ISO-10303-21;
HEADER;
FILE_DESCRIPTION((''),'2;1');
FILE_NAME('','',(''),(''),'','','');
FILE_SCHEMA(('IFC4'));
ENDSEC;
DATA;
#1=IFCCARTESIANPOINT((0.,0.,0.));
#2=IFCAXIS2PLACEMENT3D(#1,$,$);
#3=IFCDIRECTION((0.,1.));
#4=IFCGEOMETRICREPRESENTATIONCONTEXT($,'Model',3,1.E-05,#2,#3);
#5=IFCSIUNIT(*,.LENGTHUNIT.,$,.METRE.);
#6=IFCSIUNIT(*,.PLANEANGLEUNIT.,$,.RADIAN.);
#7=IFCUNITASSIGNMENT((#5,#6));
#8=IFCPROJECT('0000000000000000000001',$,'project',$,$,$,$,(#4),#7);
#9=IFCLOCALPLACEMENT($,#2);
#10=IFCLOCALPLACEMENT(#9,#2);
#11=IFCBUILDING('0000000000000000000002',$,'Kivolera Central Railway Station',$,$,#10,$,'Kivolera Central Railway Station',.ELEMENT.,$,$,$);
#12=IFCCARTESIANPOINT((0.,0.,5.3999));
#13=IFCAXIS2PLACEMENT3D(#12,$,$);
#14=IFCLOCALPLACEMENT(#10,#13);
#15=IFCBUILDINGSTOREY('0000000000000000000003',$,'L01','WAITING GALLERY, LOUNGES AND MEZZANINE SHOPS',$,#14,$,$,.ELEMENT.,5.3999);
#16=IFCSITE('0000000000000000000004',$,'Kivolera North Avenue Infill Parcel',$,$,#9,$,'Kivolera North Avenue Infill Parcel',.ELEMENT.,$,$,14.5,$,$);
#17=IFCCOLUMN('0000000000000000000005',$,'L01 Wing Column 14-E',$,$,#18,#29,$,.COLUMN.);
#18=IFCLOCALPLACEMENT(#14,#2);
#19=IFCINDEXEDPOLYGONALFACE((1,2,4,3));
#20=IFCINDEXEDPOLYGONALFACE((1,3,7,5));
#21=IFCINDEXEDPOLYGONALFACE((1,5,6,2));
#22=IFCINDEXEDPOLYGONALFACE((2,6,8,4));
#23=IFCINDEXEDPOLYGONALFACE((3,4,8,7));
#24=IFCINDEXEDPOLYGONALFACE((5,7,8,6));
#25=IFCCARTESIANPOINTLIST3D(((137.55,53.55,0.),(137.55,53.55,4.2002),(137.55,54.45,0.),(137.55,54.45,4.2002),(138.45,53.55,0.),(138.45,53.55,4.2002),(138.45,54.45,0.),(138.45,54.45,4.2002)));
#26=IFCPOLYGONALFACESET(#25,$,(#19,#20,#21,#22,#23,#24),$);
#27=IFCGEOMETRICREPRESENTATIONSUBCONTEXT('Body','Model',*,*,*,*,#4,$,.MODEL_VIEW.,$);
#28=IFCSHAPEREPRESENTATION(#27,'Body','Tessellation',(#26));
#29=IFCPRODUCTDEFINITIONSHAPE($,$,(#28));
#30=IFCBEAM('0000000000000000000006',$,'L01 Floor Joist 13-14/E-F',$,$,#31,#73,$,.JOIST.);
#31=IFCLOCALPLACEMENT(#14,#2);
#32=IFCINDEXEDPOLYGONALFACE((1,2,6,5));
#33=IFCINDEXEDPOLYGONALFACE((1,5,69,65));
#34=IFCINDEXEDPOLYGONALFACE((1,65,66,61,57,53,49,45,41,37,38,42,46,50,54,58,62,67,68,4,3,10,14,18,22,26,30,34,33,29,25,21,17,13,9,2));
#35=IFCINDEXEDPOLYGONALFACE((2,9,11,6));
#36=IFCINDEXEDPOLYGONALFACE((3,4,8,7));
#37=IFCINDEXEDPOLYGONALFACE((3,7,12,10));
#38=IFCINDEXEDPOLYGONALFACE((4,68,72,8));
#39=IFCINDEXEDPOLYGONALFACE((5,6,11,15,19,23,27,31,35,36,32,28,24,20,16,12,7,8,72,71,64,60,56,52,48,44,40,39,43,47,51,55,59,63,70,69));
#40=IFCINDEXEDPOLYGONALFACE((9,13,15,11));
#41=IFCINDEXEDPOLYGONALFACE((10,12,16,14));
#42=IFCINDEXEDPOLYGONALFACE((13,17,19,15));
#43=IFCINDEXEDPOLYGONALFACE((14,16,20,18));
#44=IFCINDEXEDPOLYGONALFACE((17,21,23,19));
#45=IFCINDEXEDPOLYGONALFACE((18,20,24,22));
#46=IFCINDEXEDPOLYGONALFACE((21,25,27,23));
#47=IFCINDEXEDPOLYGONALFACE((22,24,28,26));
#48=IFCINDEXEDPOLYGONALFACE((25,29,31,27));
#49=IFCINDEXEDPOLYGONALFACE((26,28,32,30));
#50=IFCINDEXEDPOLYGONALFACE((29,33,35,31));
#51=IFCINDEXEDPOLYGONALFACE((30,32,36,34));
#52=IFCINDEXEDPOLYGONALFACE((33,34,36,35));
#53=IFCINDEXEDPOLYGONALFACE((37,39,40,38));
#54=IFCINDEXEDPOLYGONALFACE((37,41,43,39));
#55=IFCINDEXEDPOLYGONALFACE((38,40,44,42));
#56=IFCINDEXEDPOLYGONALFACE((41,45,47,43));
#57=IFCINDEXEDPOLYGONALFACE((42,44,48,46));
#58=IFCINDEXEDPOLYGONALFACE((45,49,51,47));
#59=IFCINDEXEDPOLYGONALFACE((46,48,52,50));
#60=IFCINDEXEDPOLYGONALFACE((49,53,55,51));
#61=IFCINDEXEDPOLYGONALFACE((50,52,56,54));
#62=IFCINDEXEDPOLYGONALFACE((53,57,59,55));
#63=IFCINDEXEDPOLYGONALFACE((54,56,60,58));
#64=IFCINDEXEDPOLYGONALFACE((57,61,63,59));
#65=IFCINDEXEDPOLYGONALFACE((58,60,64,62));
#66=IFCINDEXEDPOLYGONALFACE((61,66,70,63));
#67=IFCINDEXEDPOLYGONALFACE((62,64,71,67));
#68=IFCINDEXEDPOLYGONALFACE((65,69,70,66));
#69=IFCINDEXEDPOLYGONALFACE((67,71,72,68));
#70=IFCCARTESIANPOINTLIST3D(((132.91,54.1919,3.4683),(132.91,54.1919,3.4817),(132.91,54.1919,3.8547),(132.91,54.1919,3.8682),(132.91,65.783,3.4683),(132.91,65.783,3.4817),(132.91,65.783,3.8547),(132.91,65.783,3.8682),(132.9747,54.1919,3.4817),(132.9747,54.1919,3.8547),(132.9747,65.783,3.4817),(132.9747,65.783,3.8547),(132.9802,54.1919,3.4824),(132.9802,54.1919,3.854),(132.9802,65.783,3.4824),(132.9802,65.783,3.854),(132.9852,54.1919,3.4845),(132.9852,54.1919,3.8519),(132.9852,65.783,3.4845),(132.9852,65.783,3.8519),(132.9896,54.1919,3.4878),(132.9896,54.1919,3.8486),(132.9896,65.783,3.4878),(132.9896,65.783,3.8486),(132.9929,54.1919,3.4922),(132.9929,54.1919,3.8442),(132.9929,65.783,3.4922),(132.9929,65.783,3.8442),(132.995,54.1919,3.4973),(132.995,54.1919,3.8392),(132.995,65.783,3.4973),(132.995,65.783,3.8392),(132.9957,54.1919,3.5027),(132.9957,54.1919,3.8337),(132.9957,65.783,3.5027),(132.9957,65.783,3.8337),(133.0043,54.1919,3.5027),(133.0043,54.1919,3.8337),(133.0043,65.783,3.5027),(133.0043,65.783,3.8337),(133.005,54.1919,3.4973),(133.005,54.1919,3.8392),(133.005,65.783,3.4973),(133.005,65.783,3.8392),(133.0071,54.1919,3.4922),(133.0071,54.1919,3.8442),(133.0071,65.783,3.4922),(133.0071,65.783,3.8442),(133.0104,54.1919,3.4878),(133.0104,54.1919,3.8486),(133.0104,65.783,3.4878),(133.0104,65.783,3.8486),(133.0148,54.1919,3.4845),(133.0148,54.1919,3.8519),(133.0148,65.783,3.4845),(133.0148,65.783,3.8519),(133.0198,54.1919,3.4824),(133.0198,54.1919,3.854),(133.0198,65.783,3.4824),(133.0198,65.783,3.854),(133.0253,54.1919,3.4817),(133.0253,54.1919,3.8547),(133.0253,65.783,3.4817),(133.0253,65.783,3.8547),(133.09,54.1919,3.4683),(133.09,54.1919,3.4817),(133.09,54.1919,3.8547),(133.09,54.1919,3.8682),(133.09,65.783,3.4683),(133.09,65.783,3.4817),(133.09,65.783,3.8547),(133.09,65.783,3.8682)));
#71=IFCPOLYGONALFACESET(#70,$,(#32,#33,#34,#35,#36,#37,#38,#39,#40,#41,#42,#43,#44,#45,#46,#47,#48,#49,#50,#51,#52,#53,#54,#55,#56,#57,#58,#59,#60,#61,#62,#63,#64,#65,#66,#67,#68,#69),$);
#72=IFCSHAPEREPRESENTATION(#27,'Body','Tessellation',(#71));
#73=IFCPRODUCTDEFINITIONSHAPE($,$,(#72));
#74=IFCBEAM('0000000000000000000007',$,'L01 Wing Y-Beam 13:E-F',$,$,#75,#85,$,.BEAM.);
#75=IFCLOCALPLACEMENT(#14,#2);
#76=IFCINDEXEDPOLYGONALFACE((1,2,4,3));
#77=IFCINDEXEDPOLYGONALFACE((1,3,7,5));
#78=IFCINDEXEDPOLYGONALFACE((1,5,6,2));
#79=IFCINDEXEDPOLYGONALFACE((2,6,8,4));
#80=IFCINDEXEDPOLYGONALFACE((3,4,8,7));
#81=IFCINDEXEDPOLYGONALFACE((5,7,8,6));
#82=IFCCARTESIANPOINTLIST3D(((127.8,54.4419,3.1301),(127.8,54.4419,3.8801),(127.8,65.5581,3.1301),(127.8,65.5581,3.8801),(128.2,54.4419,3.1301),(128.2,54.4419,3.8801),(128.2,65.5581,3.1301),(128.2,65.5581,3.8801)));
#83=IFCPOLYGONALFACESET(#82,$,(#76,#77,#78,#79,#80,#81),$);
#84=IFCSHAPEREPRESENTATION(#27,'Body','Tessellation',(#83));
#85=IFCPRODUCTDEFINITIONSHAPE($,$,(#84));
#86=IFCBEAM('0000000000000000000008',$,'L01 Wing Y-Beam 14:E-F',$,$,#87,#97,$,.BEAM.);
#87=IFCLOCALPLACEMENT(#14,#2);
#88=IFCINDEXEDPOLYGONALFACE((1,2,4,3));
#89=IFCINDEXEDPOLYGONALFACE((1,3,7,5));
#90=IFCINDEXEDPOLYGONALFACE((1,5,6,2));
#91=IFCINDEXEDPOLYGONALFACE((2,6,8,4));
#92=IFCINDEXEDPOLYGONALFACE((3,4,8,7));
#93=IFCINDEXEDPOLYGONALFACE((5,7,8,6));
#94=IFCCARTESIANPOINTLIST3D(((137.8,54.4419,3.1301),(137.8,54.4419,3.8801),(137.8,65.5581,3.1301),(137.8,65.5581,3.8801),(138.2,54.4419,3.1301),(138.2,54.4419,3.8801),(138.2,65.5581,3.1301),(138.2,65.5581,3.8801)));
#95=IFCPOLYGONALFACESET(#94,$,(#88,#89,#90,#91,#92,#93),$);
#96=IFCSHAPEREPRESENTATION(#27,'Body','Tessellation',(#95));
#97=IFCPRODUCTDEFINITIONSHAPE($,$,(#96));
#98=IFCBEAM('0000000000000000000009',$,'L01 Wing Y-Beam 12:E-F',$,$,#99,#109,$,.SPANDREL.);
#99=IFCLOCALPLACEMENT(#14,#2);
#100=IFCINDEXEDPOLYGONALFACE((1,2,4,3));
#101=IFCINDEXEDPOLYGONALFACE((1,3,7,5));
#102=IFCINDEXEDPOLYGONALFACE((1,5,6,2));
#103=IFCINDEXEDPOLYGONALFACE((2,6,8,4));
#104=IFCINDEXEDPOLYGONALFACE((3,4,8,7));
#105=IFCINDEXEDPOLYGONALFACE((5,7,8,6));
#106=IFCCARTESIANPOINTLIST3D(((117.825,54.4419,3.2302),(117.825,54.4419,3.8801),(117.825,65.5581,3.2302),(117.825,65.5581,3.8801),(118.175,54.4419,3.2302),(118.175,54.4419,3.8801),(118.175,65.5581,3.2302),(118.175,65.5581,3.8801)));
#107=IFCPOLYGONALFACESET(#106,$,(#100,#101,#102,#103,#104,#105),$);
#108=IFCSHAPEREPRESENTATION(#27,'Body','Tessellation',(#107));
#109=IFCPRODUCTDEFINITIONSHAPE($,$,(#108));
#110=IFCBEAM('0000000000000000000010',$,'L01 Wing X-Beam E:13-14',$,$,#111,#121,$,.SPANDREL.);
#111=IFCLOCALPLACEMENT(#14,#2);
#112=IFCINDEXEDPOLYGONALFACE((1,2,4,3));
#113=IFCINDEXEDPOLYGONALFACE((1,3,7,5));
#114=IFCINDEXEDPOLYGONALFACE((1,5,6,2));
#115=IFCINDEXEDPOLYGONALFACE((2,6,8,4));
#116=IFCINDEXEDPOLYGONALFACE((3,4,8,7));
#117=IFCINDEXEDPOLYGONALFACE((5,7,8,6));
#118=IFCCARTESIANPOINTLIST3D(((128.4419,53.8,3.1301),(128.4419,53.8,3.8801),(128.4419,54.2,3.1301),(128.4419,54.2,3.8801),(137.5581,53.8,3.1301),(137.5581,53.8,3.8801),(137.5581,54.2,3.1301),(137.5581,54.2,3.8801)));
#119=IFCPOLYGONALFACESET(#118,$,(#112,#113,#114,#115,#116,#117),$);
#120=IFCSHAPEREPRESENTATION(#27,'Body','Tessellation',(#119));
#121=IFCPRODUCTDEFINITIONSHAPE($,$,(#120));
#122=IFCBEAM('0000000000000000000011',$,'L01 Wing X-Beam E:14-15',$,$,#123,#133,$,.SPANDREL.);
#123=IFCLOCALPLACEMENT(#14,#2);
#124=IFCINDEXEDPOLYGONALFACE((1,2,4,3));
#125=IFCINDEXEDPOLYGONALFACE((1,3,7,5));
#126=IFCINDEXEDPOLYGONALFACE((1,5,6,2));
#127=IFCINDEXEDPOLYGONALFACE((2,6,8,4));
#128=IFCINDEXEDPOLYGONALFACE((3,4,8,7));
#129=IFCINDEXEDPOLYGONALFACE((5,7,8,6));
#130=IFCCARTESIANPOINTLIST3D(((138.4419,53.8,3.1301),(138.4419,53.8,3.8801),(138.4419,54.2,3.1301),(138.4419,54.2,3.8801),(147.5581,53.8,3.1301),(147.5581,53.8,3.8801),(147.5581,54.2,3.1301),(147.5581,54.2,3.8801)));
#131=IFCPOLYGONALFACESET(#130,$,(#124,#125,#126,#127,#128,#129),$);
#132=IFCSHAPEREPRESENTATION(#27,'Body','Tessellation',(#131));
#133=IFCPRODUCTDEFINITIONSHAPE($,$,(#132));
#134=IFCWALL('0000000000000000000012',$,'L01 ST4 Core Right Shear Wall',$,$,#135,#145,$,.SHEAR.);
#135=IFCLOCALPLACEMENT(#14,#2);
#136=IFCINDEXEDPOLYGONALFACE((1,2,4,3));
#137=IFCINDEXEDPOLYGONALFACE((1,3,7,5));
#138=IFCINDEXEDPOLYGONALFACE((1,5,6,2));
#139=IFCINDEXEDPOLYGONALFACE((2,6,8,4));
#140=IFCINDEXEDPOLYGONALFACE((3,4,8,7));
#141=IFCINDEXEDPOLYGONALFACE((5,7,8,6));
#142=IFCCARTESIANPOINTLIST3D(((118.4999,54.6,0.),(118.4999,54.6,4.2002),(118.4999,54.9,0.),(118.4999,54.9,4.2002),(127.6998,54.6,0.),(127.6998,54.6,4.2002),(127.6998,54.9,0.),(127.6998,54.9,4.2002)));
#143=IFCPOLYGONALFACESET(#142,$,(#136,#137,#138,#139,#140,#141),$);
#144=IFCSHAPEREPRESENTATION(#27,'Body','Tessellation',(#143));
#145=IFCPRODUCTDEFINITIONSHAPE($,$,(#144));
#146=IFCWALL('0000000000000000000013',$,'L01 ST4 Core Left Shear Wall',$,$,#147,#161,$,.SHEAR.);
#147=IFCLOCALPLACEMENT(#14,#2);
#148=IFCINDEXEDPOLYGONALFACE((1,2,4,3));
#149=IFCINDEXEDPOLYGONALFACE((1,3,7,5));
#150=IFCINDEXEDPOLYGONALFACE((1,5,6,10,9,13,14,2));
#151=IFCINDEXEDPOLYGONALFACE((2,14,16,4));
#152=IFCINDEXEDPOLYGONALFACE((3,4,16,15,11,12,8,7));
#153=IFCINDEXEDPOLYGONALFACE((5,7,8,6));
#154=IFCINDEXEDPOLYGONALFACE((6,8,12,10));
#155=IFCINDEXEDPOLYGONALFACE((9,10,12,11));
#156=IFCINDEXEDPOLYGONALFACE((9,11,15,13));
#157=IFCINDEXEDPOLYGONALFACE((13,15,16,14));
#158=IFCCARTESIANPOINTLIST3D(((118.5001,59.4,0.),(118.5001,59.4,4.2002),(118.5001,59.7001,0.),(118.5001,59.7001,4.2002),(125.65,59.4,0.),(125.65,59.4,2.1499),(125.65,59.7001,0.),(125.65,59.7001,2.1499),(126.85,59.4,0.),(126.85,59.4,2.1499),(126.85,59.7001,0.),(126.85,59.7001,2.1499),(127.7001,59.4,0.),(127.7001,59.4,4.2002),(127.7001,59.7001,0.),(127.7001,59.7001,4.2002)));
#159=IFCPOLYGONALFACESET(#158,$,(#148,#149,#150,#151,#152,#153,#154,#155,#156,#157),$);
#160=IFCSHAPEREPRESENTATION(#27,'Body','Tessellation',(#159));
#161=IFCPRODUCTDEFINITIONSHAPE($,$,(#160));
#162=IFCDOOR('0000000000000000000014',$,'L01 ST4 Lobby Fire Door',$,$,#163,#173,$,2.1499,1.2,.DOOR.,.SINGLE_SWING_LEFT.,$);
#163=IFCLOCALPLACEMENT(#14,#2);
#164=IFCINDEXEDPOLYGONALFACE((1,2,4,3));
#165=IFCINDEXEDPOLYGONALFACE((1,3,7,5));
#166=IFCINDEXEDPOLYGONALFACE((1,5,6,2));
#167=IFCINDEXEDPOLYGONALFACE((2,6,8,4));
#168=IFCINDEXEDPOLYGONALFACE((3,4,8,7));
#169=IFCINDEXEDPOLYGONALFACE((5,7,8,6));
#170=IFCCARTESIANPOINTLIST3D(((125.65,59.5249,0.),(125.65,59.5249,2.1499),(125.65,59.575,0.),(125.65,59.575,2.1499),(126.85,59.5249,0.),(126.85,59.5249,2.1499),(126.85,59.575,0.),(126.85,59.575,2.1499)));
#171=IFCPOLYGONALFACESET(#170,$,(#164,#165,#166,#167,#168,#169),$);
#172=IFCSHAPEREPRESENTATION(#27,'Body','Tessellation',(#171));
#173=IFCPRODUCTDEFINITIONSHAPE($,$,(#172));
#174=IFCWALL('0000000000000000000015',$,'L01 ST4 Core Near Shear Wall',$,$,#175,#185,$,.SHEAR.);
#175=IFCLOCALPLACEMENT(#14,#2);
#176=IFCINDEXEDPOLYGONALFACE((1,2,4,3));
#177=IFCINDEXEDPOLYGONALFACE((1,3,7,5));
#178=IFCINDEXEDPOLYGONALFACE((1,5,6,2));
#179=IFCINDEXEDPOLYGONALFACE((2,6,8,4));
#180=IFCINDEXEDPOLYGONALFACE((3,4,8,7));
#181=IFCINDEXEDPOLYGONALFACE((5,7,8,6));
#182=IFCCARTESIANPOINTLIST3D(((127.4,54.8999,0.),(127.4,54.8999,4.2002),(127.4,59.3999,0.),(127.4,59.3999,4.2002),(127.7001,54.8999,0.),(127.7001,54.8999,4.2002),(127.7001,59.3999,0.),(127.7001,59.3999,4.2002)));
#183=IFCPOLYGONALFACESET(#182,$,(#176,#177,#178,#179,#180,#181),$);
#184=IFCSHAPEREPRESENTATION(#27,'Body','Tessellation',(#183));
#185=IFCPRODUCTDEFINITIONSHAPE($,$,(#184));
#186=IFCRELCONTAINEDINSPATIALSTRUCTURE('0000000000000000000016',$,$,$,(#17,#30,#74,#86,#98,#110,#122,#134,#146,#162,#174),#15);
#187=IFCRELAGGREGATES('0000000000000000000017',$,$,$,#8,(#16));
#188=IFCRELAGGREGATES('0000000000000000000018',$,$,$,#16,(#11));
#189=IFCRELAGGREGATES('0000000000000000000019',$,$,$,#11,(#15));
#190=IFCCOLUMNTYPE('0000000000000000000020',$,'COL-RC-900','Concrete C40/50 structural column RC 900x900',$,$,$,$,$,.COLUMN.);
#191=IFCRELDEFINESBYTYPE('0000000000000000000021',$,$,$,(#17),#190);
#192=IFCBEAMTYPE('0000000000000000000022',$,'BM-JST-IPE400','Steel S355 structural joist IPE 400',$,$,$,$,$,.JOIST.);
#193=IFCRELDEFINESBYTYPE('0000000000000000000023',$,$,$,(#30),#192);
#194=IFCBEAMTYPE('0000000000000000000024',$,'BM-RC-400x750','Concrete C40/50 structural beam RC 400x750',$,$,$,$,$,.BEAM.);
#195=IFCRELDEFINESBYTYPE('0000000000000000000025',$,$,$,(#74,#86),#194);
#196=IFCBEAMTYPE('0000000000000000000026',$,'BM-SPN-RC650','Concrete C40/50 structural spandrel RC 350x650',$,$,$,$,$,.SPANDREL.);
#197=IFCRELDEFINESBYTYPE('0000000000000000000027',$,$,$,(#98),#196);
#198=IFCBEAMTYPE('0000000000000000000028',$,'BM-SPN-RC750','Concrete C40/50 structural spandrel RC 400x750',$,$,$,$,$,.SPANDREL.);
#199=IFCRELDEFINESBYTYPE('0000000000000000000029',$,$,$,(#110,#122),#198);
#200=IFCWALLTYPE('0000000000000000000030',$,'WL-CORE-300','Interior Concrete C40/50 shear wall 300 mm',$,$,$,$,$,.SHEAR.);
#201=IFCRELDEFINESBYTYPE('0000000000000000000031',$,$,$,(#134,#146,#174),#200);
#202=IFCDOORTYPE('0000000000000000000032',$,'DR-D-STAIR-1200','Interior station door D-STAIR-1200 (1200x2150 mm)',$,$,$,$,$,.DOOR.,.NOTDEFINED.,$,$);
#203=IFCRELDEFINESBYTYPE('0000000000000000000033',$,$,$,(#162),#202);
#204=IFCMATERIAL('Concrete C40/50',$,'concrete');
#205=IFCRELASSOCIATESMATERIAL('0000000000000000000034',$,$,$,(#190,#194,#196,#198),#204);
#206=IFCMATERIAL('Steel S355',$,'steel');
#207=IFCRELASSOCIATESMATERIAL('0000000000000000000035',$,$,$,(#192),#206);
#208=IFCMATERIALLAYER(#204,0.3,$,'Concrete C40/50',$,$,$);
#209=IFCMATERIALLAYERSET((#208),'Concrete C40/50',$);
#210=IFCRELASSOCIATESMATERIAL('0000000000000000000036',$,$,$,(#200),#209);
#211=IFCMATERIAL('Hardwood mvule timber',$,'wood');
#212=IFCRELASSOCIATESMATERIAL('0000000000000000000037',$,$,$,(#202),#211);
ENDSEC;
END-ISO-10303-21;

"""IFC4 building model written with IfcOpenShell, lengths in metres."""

from ifc_helpers import new_model, si_unit, direction, frame, frame_2d, origin, origin_2d, place, context, subcontext, project, spatial, rectangle, i_section, extrude, material, layer, layer_set, material_profile, profile_set, type_object, element, fill, save


model = new_model("IFC4")

# Units and contexts
model_context = context("Model", 3, precision=1e-05, world=origin(), true_north=direction((0.0, 1.0)))
body_context = subcontext(model_context, "Body", "Model", "MODEL_VIEW")
ifc_project = project(units=[si_unit("LENGTHUNIT", "METRE"), si_unit("PLANEANGLEUNIT", "RADIAN")], contexts=[model_context])

# Site, building, storey
site_placement = place(None, origin())
site = spatial("IfcSite", under=ifc_project, at=site_placement, Name="Kivolera North Avenue Infill Parcel", LongName="Kivolera North Avenue Infill Parcel", CompositionType="ELEMENT", RefElevation=14.5)
building_placement = place(site_placement, origin())
building = spatial("IfcBuilding", under=site, at=building_placement, Name="Kivolera Central Railway Station", LongName="Kivolera Central Railway Station", CompositionType="ELEMENT")
storey_placement = place(building_placement, frame((0.0, 0.0, 5.3999)))
storey = spatial("IfcBuildingStorey", under=building, at=storey_placement, Name="L01", Description="WAITING GALLERY, LOUNGES AND MEZZANINE SHOPS", CompositionType="ELEMENT", Elevation=5.3999)

# Column
ifc_material_1 = material(Name="Concrete C40/50", Category="concrete")
ifc_material_profile_1 = material_profile(ifc_material_1, rectangle(XDim=0.8999, YDim=0.8999, at=origin_2d()), Name="RC 900x900")
ifc_profile_set_1 = profile_set([ifc_material_profile_1], Name="Concrete C40/50")
column_type = type_object("IfcColumnType", Name="COL-RC-900", Description="Concrete C40/50 structural column RC 900x900", PredefinedType="COLUMN", material=ifc_profile_set_1)
column_placement = place(storey_placement, frame((138.0, 54.0, 0.0), z_axis=(0.0, 0.0, 1.0), x_axis=(1.0, 0.0, 0.0)))
element("IfcColumn", 1, at=column_placement, inside=storey, type_object=column_type, Name="L01 Wing Column 14-E", PredefinedType="COLUMN", context=body_context, shape_type="SweptSolid", body=[
    extrude(rectangle(XDim=0.8999, YDim=0.8999, at=origin_2d()), origin(), (0.0, 0.0, 1.0), 4.2002),
])

# Beams
ifc_material_2 = material(Name="Steel S355", Category="steel")
ifc_material_profile_2 = material_profile(ifc_material_2, i_section(OverallWidth=0.1799, OverallDepth=0.3999, WebThickness=0.0085, FlangeThickness=0.0134, FilletRadius=0.021, at=origin_2d()), Name="IPE 400")
ifc_profile_set_2 = profile_set([ifc_material_profile_2], Name="Steel S355")
beam_type_1 = type_object("IfcBeamType", Name="BM-JST-IPE400", Description="Steel S355 structural joist IPE 400", PredefinedType="JOIST", material=ifc_profile_set_2)
beam_1_placement = place(storey_placement, frame((133.0, 54.1919, 3.6682), z_axis=(0.0, 1.0, 0.0), x_axis=(-1.0, 0.0, 0.0)))
element("IfcBeam", 2, at=beam_1_placement, inside=storey, type_object=beam_type_1, Name="L01 Floor Joist 13-14/E-F", PredefinedType="JOIST", context=body_context, shape_type="SweptSolid", body=[
    extrude(i_section(OverallWidth=0.1799, OverallDepth=0.3999, WebThickness=0.0085, FlangeThickness=0.0134, FilletRadius=0.021, at=origin_2d()), origin(), (0.0, 0.0, 1.0), 11.5911),
])
ifc_material_profile_3 = material_profile(ifc_material_1, rectangle(XDim=0.3999, YDim=0.75, at=origin_2d()), Name="RC 400x750")
ifc_profile_set_3 = profile_set([ifc_material_profile_3], Name="Concrete C40/50")
beam_type_2 = type_object("IfcBeamType", Name="BM-RC-400x750", Description="Concrete C40/50 structural beam RC 400x750", PredefinedType="BEAM", material=ifc_profile_set_3)
for number, where, z_axis, x_axis, name in (
    (3, (128.0, 54.4419, 3.5051), (0.0, 1.0, 0.0), (-1.0, 0.0, 0.0), "L01 Wing Y-Beam 13:E-F"),
    (4, (138.0, 54.4419, 3.5051), (0.0, 1.0, 0.0), (-1.0, 0.0, 0.0), "L01 Wing Y-Beam 14:E-F"),
):
    element("IfcBeam", number, at=place(storey_placement, frame(where, z_axis=z_axis, x_axis=x_axis)), inside=storey, type_object=beam_type_2, Name=name, PredefinedType="BEAM", context=body_context, shape_type="SweptSolid", body=[
        extrude(rectangle(XDim=0.3999, YDim=0.75, at=origin_2d()), origin(), (0.0, 0.0, 1.0), 11.1162),
    ])
ifc_material_profile_4 = material_profile(ifc_material_1, rectangle(XDim=0.3501, YDim=0.6499, at=origin_2d()), Name="RC 350x650")
ifc_profile_set_4 = profile_set([ifc_material_profile_4], Name="Concrete C40/50")
beam_type_3 = type_object("IfcBeamType", Name="BM-SPN-RC650", Description="Concrete C40/50 structural spandrel RC 350x650", PredefinedType="SPANDREL", material=ifc_profile_set_4)
beam_2_placement = place(storey_placement, frame((118.0, 54.4419, 3.5552), z_axis=(0.0, 1.0, 0.0), x_axis=(-1.0, 0.0, 0.0)))
element("IfcBeam", 5, at=beam_2_placement, inside=storey, type_object=beam_type_3, Name="L01 Wing Y-Beam 12:E-F", PredefinedType="SPANDREL", context=body_context, shape_type="SweptSolid", body=[
    extrude(rectangle(XDim=0.3501, YDim=0.6499, at=origin_2d()), origin(), (0.0, 0.0, 1.0), 11.1162),
])
ifc_material_profile_5 = material_profile(ifc_material_1, rectangle(XDim=0.3999, YDim=0.75, at=origin_2d()), Name="RC 400x750")
ifc_profile_set_5 = profile_set([ifc_material_profile_5], Name="Concrete C40/50")
beam_type_4 = type_object("IfcBeamType", Name="BM-SPN-RC750", Description="Concrete C40/50 structural spandrel RC 400x750", PredefinedType="SPANDREL", material=ifc_profile_set_5)
for number, where, z_axis, x_axis, name in (
    (6, (128.4419, 54.0, 3.5051), (1.0, 0.0, 0.0), (0.0, 1.0, 0.0), "L01 Wing X-Beam E:13-14"),
    (7, (138.4419, 54.0, 3.5051), (1.0, 0.0, 0.0), (0.0, 1.0, 0.0), "L01 Wing X-Beam E:14-15"),
):
    element("IfcBeam", number, at=place(storey_placement, frame(where, z_axis=z_axis, x_axis=x_axis)), inside=storey, type_object=beam_type_4, Name=name, PredefinedType="SPANDREL", context=body_context, shape_type="SweptSolid", body=[
        extrude(rectangle(XDim=0.3999, YDim=0.75, at=origin_2d()), origin(), (0.0, 0.0, 1.0), 9.1162),
    ])

# Wall
ifc_layer_1 = layer(ifc_material_1, 0.3, Name="Concrete C40/50")
ifc_layer_set_1 = layer_set([ifc_layer_1], Name="Concrete C40/50")
wall_type_1 = type_object("IfcWallType", Name="WL-CORE-300", Description="Interior Concrete C40/50 shear wall 300 mm", PredefinedType="SHEAR", material=ifc_layer_set_1)
wall_1_placement = place(storey_placement, frame((127.7, 54.75, 0.0), z_axis=(0.0, 0.0, 1.0), x_axis=(-1.0, 0.0, 0.0)))
element("IfcWall", 8, at=wall_1_placement, inside=storey, type_object=wall_type_1, Name="L01 ST4 Core Right Shear Wall", PredefinedType="SHEAR", context=body_context, shape_type="SweptSolid", body=[
    extrude(rectangle(XDim=9.2, YDim=0.3, at=frame_2d((4.6001, 0.0))), origin(), (0.0, 0.0, 1.0), 4.2002),
])

# Wall, opening, door
wall_2_placement = place(storey_placement, frame((118.5, 59.55, 0.0), z_axis=(0.0, 0.0, 1.0), x_axis=(1.0, 0.0, 0.0)))
wall_2 = element("IfcWall", 9, at=wall_2_placement, inside=storey, type_object=wall_type_1, Name="L01 ST4 Core Left Shear Wall", PredefinedType="SHEAR", context=body_context, shape_type="SweptSolid", body=[
    extrude(rectangle(XDim=9.2, YDim=0.3, at=frame_2d((4.6001, 0.0))), origin(), (0.0, 0.0, 1.0), 4.2002),
])
opening_1_placement = place(wall_2_placement, frame((7.1499, 0.0, 0.0)))
opening_1 = element("IfcOpeningElement", 10, at=opening_1_placement, cuts=wall_2, PredefinedType="OPENING", context=body_context, shape_type="SweptSolid", body=[
    extrude(rectangle(XDim=1.2, YDim=2.1499, at=frame_2d((0.6001, 1.075))), frame((0.0, 0.1599, 0.0), z_axis=(0.0, -1.0, 0.0), x_axis=(1.0, 0.0, 0.0)), (0.0, 0.0, 1.0), 0.3201),
])
ifc_material_3 = material(Name="Hardwood mvule timber", Category="wood")
door_type = type_object("IfcDoorType", Name="DR-D-STAIR-1200", Description="Interior station door D-STAIR-1200 (1200x2150 mm)", OperationType="NOTDEFINED", PredefinedType="DOOR", material=ifc_material_3)
door_placement = place(opening_1_placement, origin())
door = element("IfcDoor", 11, at=door_placement, inside=storey, type_object=door_type, Name="L01 ST4 Lobby Fire Door", OperationType="SINGLE_SWING_LEFT", OverallHeight=2.1499, OverallWidth=1.2, PredefinedType="DOOR", context=body_context, shape_type="SweptSolid", body=[
    extrude(rectangle(XDim=1.2, YDim=2.1499, at=frame_2d((0.6001, 1.075))), frame((0.0, 0.0249, 0.0), z_axis=(0.0, -1.0, 0.0), x_axis=(1.0, 0.0, 0.0)), (0.0, 0.0, 1.0), 0.05),
])
fill(opening_1, door)

# Wall
for number, where, z_axis, x_axis, name in (
    (12, (127.55, 59.3999, 0.0), (0.0, 0.0, 1.0), (0.0, -1.0, 0.0), "L01 ST4 Core Near Shear Wall"),
):
    element("IfcWall", number, at=place(storey_placement, frame(where, z_axis=z_axis, x_axis=x_axis)), inside=storey, type_object=wall_type_1, Name=name, PredefinedType="SHEAR", context=body_context, shape_type="SweptSolid", body=[
        extrude(rectangle(XDim=4.5, YDim=0.3, at=frame_2d((2.25, 0.0))), origin(), (0.0, 0.0, 1.0), 4.2002),
    ])

save(model, "model.ifc")
